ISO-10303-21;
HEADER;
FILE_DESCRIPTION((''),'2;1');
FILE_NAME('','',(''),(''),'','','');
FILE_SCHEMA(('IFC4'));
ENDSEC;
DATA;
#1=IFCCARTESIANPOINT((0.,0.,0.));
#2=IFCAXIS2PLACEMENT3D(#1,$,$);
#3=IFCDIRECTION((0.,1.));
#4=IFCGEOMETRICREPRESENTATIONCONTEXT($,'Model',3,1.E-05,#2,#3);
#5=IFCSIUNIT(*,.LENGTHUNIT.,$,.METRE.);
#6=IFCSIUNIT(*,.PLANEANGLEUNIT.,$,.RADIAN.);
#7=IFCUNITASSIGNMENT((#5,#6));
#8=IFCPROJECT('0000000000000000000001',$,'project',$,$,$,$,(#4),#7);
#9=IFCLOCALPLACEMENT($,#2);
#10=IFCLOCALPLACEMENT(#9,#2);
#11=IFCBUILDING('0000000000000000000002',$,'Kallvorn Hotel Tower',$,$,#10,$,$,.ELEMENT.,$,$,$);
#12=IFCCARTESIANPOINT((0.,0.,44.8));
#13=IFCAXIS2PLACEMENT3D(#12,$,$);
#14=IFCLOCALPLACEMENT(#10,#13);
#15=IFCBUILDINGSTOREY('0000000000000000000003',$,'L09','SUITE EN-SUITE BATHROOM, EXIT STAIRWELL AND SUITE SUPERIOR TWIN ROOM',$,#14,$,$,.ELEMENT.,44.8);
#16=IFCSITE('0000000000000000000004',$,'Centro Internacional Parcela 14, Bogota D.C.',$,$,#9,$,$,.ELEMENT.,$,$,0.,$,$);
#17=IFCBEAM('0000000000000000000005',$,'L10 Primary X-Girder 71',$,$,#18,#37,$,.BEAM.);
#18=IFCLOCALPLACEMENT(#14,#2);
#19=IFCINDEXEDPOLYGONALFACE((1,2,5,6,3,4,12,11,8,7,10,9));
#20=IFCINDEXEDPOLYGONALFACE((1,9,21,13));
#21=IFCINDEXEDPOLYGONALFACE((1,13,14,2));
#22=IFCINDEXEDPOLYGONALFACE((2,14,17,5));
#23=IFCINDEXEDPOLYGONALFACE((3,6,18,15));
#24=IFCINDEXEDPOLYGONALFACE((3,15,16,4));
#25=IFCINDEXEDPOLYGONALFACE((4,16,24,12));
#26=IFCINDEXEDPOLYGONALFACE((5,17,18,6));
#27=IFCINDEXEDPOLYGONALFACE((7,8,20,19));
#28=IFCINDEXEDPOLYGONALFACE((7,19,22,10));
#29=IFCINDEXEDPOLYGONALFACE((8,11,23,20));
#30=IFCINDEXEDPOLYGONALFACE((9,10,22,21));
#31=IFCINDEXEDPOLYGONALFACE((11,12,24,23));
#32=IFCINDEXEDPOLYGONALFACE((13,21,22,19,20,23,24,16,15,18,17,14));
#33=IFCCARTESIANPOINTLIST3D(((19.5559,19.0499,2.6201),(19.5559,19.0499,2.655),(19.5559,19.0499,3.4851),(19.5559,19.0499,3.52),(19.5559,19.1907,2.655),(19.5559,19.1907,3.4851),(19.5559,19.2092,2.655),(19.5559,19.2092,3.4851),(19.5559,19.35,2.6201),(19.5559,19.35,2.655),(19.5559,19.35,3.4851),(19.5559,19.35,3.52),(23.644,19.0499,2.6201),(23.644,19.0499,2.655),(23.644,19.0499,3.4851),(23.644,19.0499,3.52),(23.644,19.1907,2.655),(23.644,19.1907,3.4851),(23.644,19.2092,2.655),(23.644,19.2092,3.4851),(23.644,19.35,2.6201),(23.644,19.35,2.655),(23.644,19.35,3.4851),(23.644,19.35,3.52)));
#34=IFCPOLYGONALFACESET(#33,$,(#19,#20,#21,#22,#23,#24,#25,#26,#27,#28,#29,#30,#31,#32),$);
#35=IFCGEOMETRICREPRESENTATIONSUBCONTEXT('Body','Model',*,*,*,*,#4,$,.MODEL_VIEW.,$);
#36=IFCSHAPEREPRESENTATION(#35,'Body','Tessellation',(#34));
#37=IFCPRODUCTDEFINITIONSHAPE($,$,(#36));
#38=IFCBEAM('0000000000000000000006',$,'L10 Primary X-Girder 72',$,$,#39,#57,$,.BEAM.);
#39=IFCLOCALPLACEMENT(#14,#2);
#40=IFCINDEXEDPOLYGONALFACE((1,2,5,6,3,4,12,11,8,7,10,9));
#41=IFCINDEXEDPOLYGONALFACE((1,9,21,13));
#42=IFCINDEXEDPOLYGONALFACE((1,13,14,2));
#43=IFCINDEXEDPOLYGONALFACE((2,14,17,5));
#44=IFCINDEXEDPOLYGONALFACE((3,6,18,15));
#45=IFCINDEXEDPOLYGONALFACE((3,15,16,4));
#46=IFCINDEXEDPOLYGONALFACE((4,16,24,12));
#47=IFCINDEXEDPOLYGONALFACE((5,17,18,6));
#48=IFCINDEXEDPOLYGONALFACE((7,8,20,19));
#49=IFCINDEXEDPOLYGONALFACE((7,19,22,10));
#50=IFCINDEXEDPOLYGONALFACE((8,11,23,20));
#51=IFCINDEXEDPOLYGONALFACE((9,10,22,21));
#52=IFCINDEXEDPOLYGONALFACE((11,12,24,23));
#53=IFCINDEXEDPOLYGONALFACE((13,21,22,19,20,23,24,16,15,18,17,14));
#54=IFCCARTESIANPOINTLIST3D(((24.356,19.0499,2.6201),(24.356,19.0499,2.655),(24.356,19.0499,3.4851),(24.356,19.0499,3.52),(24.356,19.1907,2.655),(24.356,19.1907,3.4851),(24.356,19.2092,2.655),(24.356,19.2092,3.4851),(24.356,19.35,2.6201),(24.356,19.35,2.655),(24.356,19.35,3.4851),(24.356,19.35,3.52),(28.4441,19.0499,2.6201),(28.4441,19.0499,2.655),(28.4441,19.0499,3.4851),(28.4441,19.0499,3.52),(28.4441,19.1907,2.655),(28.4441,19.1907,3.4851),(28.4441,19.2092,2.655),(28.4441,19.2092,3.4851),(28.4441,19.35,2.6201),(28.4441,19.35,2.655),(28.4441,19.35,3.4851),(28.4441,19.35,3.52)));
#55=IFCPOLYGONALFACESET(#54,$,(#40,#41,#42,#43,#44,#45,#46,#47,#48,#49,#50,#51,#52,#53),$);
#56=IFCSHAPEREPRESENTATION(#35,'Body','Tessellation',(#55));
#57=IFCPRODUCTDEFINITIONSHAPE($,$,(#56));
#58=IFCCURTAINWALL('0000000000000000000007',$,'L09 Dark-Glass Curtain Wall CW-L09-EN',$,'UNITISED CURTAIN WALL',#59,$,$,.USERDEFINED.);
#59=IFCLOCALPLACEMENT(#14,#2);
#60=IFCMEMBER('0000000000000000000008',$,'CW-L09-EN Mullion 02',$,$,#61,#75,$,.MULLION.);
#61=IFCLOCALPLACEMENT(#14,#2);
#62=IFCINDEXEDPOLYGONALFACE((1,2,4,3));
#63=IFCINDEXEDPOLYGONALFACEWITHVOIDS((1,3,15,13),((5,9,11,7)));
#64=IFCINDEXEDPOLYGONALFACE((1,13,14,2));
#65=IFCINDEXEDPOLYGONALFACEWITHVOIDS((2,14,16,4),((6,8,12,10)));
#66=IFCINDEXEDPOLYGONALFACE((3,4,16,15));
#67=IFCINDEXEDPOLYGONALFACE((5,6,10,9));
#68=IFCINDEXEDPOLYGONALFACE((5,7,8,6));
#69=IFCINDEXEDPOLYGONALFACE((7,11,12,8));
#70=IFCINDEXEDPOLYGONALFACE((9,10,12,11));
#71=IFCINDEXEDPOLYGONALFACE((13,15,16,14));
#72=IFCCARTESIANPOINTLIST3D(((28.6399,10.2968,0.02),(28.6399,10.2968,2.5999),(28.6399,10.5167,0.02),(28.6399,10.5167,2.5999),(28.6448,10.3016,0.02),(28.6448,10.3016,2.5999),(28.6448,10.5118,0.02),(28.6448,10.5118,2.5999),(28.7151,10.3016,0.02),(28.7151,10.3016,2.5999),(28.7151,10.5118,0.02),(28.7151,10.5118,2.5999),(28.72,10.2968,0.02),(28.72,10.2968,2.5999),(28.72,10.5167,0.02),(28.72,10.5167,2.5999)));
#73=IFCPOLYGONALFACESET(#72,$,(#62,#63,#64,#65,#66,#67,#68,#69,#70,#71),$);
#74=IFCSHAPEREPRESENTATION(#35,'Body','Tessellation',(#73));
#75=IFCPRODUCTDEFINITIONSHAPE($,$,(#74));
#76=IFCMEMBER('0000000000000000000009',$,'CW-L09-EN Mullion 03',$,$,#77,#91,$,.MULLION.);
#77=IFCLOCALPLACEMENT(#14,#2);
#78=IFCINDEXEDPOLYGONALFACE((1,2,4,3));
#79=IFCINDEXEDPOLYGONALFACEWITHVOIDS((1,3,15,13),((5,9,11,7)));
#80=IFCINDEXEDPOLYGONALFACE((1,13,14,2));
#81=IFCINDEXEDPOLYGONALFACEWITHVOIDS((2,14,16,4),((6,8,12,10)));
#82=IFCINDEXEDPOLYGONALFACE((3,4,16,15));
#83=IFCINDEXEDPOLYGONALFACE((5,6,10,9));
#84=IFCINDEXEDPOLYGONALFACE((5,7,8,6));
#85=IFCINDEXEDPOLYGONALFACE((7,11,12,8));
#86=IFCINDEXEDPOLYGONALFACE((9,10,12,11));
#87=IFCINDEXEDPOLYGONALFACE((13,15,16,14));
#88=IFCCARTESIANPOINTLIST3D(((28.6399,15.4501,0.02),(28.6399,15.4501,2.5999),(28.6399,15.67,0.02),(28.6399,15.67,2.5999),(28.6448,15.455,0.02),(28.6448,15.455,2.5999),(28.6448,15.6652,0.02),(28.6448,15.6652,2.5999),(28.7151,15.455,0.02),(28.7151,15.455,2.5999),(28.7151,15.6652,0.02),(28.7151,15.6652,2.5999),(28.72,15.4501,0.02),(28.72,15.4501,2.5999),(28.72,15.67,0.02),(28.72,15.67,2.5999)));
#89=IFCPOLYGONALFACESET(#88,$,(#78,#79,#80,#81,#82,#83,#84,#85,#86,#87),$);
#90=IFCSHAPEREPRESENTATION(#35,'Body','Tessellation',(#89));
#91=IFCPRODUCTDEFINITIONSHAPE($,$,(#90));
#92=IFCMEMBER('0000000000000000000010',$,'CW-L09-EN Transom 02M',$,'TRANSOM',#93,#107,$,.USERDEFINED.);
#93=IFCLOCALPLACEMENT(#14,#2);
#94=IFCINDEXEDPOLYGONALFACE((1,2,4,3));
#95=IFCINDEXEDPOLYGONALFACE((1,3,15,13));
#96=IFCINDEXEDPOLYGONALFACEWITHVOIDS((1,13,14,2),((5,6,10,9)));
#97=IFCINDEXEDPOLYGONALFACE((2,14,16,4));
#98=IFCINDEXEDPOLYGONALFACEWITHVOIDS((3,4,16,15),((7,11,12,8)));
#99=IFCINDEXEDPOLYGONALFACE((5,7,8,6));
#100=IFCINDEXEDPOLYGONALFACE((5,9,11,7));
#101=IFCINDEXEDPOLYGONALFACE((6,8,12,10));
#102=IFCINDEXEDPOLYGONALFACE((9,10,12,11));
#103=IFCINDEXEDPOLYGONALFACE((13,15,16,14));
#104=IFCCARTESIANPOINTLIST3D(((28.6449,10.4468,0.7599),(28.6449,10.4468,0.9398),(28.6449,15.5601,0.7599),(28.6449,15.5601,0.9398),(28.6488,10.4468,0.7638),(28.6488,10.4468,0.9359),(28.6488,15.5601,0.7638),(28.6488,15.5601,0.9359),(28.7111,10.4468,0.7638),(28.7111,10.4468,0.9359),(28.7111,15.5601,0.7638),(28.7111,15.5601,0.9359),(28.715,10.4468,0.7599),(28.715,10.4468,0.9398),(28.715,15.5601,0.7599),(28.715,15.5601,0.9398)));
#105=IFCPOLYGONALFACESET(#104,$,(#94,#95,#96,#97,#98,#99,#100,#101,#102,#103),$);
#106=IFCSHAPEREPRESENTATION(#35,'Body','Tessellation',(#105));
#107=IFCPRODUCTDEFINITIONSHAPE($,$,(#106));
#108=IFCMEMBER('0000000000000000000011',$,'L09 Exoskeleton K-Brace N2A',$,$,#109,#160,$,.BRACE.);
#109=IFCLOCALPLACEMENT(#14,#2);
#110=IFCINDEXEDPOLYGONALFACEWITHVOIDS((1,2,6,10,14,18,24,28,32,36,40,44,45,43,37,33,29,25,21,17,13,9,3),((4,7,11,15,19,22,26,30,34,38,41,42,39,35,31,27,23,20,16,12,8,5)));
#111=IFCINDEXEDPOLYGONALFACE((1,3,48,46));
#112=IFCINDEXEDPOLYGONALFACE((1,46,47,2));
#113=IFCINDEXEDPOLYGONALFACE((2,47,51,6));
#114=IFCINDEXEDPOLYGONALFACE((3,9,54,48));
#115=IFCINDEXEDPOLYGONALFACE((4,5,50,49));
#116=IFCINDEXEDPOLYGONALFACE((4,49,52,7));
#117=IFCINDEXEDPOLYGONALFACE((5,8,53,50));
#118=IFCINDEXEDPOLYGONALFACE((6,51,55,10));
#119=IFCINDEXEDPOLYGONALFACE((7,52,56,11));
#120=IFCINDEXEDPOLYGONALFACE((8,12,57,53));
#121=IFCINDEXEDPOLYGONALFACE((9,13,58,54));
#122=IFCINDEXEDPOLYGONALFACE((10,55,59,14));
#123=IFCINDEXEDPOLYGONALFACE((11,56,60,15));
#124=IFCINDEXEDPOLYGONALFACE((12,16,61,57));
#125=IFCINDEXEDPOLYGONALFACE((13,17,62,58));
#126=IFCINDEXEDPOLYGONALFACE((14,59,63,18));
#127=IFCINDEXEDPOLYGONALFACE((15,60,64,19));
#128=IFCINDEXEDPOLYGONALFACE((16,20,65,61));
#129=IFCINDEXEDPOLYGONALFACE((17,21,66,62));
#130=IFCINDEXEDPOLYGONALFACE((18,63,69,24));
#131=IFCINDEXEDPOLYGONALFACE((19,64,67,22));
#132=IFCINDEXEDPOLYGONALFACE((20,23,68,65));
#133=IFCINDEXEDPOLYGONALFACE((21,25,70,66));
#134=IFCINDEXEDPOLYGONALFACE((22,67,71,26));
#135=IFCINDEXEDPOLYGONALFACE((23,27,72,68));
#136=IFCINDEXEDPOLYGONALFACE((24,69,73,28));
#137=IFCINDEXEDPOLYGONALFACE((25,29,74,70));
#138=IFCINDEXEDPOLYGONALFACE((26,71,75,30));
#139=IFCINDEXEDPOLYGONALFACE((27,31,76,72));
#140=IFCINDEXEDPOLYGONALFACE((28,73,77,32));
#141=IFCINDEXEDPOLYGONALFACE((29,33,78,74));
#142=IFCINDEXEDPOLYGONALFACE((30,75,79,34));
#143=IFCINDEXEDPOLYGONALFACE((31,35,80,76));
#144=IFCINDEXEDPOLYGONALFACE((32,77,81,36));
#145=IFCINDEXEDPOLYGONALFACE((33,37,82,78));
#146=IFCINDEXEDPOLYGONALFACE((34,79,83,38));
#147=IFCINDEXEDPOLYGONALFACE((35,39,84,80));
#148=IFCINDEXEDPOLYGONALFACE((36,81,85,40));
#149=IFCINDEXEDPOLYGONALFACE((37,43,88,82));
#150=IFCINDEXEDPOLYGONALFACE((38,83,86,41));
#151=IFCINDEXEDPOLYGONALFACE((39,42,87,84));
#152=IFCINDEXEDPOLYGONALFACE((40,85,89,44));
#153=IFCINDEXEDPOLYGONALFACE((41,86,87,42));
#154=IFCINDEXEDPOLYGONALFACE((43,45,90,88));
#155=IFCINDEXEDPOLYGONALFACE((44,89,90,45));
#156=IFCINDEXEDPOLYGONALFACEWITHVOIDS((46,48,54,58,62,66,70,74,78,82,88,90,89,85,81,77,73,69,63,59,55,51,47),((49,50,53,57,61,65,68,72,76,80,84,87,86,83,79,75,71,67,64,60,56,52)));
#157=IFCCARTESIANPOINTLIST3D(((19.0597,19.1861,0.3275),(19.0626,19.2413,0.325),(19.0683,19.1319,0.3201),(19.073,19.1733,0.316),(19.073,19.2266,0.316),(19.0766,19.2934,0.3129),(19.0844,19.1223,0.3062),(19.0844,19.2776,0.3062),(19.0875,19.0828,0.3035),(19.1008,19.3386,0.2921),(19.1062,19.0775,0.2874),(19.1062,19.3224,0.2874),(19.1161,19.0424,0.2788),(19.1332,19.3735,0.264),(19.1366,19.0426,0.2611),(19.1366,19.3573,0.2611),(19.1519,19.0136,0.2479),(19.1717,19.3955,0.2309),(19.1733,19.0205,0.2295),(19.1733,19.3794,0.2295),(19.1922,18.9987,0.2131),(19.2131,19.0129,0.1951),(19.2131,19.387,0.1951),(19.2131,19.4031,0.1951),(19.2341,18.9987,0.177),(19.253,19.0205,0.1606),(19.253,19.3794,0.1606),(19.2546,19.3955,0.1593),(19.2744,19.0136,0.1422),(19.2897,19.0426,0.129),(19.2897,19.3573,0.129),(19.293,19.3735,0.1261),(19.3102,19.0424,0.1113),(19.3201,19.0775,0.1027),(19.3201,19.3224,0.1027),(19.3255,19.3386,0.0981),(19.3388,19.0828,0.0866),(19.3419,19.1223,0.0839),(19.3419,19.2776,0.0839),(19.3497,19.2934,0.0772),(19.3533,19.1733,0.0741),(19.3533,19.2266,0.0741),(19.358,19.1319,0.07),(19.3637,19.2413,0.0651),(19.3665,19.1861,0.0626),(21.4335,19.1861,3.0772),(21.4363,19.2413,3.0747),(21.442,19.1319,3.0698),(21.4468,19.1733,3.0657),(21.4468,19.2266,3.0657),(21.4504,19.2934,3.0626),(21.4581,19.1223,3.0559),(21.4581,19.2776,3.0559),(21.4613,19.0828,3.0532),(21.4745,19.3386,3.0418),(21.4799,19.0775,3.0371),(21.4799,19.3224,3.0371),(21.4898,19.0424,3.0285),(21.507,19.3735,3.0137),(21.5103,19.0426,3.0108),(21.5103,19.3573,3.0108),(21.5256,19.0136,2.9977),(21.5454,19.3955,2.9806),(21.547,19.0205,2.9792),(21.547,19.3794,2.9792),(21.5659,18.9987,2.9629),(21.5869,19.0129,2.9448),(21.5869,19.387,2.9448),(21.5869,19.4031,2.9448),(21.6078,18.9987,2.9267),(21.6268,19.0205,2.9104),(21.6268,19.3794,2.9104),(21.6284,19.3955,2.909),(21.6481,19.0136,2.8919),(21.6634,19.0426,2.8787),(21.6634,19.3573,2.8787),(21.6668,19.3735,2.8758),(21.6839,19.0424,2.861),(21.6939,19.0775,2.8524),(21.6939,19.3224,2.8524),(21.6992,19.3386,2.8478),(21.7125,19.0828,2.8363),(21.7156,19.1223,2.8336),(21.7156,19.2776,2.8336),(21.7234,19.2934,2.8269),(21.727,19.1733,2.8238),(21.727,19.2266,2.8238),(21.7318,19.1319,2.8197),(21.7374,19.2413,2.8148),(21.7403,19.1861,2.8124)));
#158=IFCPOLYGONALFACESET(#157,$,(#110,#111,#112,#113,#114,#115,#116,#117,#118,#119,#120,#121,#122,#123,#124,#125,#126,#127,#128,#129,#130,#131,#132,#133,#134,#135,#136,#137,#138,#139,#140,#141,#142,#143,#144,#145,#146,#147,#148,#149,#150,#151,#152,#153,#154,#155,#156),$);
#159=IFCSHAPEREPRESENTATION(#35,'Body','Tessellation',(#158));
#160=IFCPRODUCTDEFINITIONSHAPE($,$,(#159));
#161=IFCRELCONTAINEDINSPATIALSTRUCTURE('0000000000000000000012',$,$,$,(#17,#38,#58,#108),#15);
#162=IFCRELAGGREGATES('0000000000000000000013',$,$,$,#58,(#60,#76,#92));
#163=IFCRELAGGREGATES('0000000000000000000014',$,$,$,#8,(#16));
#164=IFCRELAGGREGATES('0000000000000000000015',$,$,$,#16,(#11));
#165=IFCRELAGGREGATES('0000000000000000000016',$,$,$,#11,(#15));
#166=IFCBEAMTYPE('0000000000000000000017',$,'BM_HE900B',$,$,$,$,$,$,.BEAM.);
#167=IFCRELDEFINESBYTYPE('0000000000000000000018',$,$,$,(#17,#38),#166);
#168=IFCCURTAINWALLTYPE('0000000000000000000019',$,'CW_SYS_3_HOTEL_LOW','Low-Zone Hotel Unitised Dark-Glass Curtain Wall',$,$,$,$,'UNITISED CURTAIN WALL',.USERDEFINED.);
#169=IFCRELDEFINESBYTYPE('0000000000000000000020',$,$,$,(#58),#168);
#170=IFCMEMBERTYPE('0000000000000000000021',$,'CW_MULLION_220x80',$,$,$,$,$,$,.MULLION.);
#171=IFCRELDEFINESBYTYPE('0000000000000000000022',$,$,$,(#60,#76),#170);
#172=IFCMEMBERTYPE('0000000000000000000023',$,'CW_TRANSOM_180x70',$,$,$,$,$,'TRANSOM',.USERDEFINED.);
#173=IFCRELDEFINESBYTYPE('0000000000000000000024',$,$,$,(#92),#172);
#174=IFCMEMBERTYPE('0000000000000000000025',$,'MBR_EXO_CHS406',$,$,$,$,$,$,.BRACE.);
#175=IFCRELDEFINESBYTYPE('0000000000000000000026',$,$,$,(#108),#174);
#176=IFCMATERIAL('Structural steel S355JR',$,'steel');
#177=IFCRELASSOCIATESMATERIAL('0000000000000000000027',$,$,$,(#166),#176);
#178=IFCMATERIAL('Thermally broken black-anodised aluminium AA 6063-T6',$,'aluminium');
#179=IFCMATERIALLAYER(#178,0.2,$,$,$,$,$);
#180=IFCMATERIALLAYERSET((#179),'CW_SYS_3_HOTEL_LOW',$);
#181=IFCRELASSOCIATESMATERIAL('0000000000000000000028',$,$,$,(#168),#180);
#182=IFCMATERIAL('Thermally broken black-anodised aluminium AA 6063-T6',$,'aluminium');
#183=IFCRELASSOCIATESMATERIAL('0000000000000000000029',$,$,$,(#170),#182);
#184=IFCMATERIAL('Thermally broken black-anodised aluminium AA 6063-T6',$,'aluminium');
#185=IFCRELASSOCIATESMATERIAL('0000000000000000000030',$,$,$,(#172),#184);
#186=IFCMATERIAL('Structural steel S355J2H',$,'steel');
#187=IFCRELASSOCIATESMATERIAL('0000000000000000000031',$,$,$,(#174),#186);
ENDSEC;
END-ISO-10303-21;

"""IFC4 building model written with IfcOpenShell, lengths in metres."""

from ifc_helpers import new_model, si_unit, direction, frame, origin, origin_2d, place, context, subcontext, project, spatial, hollow_rectangle, hollow_circle, i_section, extrude, material, layer, layer_set, material_profile, profile_set, type_object, element, aggregate, save


model = new_model("IFC4")

# Units and contexts
model_context = context("Model", 3, precision=1e-05, world=origin(), true_north=direction((0.0, 1.0)))
body_context = subcontext(model_context, "Body", "Model", "MODEL_VIEW")
ifc_project = project(units=[si_unit("LENGTHUNIT", "METRE"), si_unit("PLANEANGLEUNIT", "RADIAN")], contexts=[model_context])

# Site, building, storey
site_placement = place(None, origin())
site = spatial("IfcSite", under=ifc_project, at=site_placement, Name="Centro Internacional Parcela 14, Bogota D.C.", CompositionType="ELEMENT", RefElevation=0.0)
building_placement = place(site_placement, origin())
building = spatial("IfcBuilding", under=site, at=building_placement, Name="Kallvorn Hotel Tower", CompositionType="ELEMENT")
storey_placement = place(building_placement, frame((0.0, 0.0, 44.8)))
storey = spatial("IfcBuildingStorey", under=building, at=storey_placement, Name="L09", Description="SUITE EN-SUITE BATHROOM, EXIT STAIRWELL AND SUITE SUPERIOR TWIN ROOM", CompositionType="ELEMENT", Elevation=44.8)

# Beams
ifc_material_1 = material(Name="Structural steel S355JR", Category="steel")
ifc_material_profile_1 = material_profile(ifc_material_1, i_section(OverallWidth=0.3, OverallDepth=0.8999, WebThickness=0.0186, FlangeThickness=0.0349, at=origin_2d()), Name="HE 900 B")
ifc_profile_set_1 = profile_set([ifc_material_profile_1], Name="Structural steel S355JR")
beam_type_1 = type_object("IfcBeamType", Name="BM_HE900B", PredefinedType="BEAM", material=ifc_profile_set_1)
for number, where, z_axis, x_axis, name in (
    (1, (19.5559, 19.2, 3.0701), (1.0, 0.0, 0.0), (0.0, 1.0, 0.0), "L10 Primary X-Girder 71"),
    (2, (24.356, 19.2, 3.0701), (1.0, 0.0, 0.0), (0.0, 1.0, 0.0), "L10 Primary X-Girder 72"),
):
    element("IfcBeam", number, at=place(storey_placement, frame(where, z_axis=z_axis, x_axis=x_axis)), inside=storey, type_object=beam_type_1, Name=name, PredefinedType="BEAM", context=body_context, shape_type="SweptSolid", body=[
        extrude(i_section(OverallWidth=0.3, OverallDepth=0.8999, WebThickness=0.0186, FlangeThickness=0.0349, at=origin_2d()), origin(), (0.0, 0.0, 1.0), 4.0881),
    ])

# Curtain wall, members
ifc_material_2 = material(Name="Thermally broken black-anodised aluminium AA 6063-T6", Category="aluminium")
ifc_layer_1 = layer(ifc_material_2, 0.2)
ifc_layer_set_1 = layer_set([ifc_layer_1], Name="CW_SYS_3_HOTEL_LOW")
curtain_wall_type = type_object("IfcCurtainWallType", Name="CW_SYS_3_HOTEL_LOW", Description="Low-Zone Hotel Unitised Dark-Glass Curtain Wall", ElementType="UNITISED CURTAIN WALL", PredefinedType="USERDEFINED", material=ifc_layer_set_1)
curtain_wall_placement = place(storey_placement, origin())
curtain_wall = element("IfcCurtainWall", 3, at=curtain_wall_placement, inside=storey, type_object=curtain_wall_type, Name="L09 Dark-Glass Curtain Wall CW-L09-EN", ObjectType="UNITISED CURTAIN WALL", PredefinedType="USERDEFINED")
ifc_material_3 = material(Name="Thermally broken black-anodised aluminium AA 6063-T6", Category="aluminium")
ifc_material_profile_2 = material_profile(ifc_material_3, hollow_rectangle(XDim=0.0801, YDim=0.22, WallThickness=0.0049, at=origin_2d()), Name="MUL 220x80")
ifc_profile_set_2 = profile_set([ifc_material_profile_2], Name="Thermally broken black-anodised aluminium AA 6063-T6")
member_type_1 = type_object("IfcMemberType", Name="CW_MULLION_220x80", PredefinedType="MULLION", material=ifc_profile_set_2)
member_1_placement = place(storey_placement, frame((28.6799, 10.4067, 0.02), z_axis=(0.0, 0.0, 1.0), x_axis=(1.0, 0.0, 0.0)))
member_1 = element("IfcMember", 4, at=member_1_placement, type_object=member_type_1, Name="CW-L09-EN Mullion 02", PredefinedType="MULLION", context=body_context, shape_type="SweptSolid", body=[
    extrude(hollow_rectangle(XDim=0.0801, YDim=0.22, WallThickness=0.0049, at=origin_2d()), origin(), (0.0, 0.0, 1.0), 2.5798),
])
member_2_placement = place(storey_placement, frame((28.6799, 15.5601, 0.02), z_axis=(0.0, 0.0, 1.0), x_axis=(1.0, 0.0, 0.0)))
member_2 = element("IfcMember", 5, at=member_2_placement, type_object=member_type_1, Name="CW-L09-EN Mullion 03", PredefinedType="MULLION", context=body_context, shape_type="SweptSolid", body=[
    extrude(hollow_rectangle(XDim=0.0801, YDim=0.22, WallThickness=0.0049, at=origin_2d()), origin(), (0.0, 0.0, 1.0), 2.5798),
])
ifc_material_4 = material(Name="Thermally broken black-anodised aluminium AA 6063-T6", Category="aluminium")
ifc_material_profile_3 = material_profile(ifc_material_4, hollow_rectangle(XDim=0.0701, YDim=0.1799, WallThickness=0.0039, at=origin_2d()), Name="TRN 180x70")
ifc_profile_set_3 = profile_set([ifc_material_profile_3], Name="Thermally broken black-anodised aluminium AA 6063-T6")
member_type_2 = type_object("IfcMemberType", Name="CW_TRANSOM_180x70", ElementType="TRANSOM", PredefinedType="USERDEFINED", material=ifc_profile_set_3)
member_3_placement = place(storey_placement, frame((28.6799, 10.4468, 0.8499), z_axis=(0.0, 1.0, 0.0), x_axis=(-1.0, 0.0, 0.0)))
member_3 = element("IfcMember", 6, at=member_3_placement, type_object=member_type_2, Name="CW-L09-EN Transom 02M", ObjectType="TRANSOM", PredefinedType="USERDEFINED", context=body_context, shape_type="SweptSolid", body=[
    extrude(hollow_rectangle(XDim=0.0701, YDim=0.1799, WallThickness=0.0039, at=origin_2d()), origin(), (0.0, 0.0, 1.0), 5.1133),
])

# Member
ifc_material_5 = material(Name="Structural steel S355J2H", Category="steel")
ifc_material_profile_4 = material_profile(ifc_material_5, hollow_circle(Radius=0.2031, WallThickness=0.0161, at=origin_2d()), Name="CHS 406.4x16")
ifc_profile_set_4 = profile_set([ifc_material_profile_4], Name="Structural steel S355J2H")
member_type_3 = type_object("IfcMemberType", Name="MBR_EXO_CHS406", PredefinedType="BRACE", material=ifc_profile_set_4)
for number, where, z_axis, x_axis, name in (
    (7, (19.2131, 19.2, 0.1951), (0.653461, 0.0, 0.756961), (0.0, 1.0, 0.0), "L09 Exoskeleton K-Brace N2A"),
):
    element("IfcMember", number, at=place(storey_placement, frame(where, z_axis=z_axis, x_axis=x_axis)), inside=storey, type_object=member_type_3, Name=name, PredefinedType="BRACE", context=body_context, shape_type="SweptSolid", body=[
        extrude(hollow_circle(Radius=0.2031, WallThickness=0.0161, at=origin_2d()), origin(), (0.0, 0.0, 1.0), 3.6326),
    ])

aggregate(curtain_wall, [member_1, member_2, member_3])

save(model, "model.ifc")
